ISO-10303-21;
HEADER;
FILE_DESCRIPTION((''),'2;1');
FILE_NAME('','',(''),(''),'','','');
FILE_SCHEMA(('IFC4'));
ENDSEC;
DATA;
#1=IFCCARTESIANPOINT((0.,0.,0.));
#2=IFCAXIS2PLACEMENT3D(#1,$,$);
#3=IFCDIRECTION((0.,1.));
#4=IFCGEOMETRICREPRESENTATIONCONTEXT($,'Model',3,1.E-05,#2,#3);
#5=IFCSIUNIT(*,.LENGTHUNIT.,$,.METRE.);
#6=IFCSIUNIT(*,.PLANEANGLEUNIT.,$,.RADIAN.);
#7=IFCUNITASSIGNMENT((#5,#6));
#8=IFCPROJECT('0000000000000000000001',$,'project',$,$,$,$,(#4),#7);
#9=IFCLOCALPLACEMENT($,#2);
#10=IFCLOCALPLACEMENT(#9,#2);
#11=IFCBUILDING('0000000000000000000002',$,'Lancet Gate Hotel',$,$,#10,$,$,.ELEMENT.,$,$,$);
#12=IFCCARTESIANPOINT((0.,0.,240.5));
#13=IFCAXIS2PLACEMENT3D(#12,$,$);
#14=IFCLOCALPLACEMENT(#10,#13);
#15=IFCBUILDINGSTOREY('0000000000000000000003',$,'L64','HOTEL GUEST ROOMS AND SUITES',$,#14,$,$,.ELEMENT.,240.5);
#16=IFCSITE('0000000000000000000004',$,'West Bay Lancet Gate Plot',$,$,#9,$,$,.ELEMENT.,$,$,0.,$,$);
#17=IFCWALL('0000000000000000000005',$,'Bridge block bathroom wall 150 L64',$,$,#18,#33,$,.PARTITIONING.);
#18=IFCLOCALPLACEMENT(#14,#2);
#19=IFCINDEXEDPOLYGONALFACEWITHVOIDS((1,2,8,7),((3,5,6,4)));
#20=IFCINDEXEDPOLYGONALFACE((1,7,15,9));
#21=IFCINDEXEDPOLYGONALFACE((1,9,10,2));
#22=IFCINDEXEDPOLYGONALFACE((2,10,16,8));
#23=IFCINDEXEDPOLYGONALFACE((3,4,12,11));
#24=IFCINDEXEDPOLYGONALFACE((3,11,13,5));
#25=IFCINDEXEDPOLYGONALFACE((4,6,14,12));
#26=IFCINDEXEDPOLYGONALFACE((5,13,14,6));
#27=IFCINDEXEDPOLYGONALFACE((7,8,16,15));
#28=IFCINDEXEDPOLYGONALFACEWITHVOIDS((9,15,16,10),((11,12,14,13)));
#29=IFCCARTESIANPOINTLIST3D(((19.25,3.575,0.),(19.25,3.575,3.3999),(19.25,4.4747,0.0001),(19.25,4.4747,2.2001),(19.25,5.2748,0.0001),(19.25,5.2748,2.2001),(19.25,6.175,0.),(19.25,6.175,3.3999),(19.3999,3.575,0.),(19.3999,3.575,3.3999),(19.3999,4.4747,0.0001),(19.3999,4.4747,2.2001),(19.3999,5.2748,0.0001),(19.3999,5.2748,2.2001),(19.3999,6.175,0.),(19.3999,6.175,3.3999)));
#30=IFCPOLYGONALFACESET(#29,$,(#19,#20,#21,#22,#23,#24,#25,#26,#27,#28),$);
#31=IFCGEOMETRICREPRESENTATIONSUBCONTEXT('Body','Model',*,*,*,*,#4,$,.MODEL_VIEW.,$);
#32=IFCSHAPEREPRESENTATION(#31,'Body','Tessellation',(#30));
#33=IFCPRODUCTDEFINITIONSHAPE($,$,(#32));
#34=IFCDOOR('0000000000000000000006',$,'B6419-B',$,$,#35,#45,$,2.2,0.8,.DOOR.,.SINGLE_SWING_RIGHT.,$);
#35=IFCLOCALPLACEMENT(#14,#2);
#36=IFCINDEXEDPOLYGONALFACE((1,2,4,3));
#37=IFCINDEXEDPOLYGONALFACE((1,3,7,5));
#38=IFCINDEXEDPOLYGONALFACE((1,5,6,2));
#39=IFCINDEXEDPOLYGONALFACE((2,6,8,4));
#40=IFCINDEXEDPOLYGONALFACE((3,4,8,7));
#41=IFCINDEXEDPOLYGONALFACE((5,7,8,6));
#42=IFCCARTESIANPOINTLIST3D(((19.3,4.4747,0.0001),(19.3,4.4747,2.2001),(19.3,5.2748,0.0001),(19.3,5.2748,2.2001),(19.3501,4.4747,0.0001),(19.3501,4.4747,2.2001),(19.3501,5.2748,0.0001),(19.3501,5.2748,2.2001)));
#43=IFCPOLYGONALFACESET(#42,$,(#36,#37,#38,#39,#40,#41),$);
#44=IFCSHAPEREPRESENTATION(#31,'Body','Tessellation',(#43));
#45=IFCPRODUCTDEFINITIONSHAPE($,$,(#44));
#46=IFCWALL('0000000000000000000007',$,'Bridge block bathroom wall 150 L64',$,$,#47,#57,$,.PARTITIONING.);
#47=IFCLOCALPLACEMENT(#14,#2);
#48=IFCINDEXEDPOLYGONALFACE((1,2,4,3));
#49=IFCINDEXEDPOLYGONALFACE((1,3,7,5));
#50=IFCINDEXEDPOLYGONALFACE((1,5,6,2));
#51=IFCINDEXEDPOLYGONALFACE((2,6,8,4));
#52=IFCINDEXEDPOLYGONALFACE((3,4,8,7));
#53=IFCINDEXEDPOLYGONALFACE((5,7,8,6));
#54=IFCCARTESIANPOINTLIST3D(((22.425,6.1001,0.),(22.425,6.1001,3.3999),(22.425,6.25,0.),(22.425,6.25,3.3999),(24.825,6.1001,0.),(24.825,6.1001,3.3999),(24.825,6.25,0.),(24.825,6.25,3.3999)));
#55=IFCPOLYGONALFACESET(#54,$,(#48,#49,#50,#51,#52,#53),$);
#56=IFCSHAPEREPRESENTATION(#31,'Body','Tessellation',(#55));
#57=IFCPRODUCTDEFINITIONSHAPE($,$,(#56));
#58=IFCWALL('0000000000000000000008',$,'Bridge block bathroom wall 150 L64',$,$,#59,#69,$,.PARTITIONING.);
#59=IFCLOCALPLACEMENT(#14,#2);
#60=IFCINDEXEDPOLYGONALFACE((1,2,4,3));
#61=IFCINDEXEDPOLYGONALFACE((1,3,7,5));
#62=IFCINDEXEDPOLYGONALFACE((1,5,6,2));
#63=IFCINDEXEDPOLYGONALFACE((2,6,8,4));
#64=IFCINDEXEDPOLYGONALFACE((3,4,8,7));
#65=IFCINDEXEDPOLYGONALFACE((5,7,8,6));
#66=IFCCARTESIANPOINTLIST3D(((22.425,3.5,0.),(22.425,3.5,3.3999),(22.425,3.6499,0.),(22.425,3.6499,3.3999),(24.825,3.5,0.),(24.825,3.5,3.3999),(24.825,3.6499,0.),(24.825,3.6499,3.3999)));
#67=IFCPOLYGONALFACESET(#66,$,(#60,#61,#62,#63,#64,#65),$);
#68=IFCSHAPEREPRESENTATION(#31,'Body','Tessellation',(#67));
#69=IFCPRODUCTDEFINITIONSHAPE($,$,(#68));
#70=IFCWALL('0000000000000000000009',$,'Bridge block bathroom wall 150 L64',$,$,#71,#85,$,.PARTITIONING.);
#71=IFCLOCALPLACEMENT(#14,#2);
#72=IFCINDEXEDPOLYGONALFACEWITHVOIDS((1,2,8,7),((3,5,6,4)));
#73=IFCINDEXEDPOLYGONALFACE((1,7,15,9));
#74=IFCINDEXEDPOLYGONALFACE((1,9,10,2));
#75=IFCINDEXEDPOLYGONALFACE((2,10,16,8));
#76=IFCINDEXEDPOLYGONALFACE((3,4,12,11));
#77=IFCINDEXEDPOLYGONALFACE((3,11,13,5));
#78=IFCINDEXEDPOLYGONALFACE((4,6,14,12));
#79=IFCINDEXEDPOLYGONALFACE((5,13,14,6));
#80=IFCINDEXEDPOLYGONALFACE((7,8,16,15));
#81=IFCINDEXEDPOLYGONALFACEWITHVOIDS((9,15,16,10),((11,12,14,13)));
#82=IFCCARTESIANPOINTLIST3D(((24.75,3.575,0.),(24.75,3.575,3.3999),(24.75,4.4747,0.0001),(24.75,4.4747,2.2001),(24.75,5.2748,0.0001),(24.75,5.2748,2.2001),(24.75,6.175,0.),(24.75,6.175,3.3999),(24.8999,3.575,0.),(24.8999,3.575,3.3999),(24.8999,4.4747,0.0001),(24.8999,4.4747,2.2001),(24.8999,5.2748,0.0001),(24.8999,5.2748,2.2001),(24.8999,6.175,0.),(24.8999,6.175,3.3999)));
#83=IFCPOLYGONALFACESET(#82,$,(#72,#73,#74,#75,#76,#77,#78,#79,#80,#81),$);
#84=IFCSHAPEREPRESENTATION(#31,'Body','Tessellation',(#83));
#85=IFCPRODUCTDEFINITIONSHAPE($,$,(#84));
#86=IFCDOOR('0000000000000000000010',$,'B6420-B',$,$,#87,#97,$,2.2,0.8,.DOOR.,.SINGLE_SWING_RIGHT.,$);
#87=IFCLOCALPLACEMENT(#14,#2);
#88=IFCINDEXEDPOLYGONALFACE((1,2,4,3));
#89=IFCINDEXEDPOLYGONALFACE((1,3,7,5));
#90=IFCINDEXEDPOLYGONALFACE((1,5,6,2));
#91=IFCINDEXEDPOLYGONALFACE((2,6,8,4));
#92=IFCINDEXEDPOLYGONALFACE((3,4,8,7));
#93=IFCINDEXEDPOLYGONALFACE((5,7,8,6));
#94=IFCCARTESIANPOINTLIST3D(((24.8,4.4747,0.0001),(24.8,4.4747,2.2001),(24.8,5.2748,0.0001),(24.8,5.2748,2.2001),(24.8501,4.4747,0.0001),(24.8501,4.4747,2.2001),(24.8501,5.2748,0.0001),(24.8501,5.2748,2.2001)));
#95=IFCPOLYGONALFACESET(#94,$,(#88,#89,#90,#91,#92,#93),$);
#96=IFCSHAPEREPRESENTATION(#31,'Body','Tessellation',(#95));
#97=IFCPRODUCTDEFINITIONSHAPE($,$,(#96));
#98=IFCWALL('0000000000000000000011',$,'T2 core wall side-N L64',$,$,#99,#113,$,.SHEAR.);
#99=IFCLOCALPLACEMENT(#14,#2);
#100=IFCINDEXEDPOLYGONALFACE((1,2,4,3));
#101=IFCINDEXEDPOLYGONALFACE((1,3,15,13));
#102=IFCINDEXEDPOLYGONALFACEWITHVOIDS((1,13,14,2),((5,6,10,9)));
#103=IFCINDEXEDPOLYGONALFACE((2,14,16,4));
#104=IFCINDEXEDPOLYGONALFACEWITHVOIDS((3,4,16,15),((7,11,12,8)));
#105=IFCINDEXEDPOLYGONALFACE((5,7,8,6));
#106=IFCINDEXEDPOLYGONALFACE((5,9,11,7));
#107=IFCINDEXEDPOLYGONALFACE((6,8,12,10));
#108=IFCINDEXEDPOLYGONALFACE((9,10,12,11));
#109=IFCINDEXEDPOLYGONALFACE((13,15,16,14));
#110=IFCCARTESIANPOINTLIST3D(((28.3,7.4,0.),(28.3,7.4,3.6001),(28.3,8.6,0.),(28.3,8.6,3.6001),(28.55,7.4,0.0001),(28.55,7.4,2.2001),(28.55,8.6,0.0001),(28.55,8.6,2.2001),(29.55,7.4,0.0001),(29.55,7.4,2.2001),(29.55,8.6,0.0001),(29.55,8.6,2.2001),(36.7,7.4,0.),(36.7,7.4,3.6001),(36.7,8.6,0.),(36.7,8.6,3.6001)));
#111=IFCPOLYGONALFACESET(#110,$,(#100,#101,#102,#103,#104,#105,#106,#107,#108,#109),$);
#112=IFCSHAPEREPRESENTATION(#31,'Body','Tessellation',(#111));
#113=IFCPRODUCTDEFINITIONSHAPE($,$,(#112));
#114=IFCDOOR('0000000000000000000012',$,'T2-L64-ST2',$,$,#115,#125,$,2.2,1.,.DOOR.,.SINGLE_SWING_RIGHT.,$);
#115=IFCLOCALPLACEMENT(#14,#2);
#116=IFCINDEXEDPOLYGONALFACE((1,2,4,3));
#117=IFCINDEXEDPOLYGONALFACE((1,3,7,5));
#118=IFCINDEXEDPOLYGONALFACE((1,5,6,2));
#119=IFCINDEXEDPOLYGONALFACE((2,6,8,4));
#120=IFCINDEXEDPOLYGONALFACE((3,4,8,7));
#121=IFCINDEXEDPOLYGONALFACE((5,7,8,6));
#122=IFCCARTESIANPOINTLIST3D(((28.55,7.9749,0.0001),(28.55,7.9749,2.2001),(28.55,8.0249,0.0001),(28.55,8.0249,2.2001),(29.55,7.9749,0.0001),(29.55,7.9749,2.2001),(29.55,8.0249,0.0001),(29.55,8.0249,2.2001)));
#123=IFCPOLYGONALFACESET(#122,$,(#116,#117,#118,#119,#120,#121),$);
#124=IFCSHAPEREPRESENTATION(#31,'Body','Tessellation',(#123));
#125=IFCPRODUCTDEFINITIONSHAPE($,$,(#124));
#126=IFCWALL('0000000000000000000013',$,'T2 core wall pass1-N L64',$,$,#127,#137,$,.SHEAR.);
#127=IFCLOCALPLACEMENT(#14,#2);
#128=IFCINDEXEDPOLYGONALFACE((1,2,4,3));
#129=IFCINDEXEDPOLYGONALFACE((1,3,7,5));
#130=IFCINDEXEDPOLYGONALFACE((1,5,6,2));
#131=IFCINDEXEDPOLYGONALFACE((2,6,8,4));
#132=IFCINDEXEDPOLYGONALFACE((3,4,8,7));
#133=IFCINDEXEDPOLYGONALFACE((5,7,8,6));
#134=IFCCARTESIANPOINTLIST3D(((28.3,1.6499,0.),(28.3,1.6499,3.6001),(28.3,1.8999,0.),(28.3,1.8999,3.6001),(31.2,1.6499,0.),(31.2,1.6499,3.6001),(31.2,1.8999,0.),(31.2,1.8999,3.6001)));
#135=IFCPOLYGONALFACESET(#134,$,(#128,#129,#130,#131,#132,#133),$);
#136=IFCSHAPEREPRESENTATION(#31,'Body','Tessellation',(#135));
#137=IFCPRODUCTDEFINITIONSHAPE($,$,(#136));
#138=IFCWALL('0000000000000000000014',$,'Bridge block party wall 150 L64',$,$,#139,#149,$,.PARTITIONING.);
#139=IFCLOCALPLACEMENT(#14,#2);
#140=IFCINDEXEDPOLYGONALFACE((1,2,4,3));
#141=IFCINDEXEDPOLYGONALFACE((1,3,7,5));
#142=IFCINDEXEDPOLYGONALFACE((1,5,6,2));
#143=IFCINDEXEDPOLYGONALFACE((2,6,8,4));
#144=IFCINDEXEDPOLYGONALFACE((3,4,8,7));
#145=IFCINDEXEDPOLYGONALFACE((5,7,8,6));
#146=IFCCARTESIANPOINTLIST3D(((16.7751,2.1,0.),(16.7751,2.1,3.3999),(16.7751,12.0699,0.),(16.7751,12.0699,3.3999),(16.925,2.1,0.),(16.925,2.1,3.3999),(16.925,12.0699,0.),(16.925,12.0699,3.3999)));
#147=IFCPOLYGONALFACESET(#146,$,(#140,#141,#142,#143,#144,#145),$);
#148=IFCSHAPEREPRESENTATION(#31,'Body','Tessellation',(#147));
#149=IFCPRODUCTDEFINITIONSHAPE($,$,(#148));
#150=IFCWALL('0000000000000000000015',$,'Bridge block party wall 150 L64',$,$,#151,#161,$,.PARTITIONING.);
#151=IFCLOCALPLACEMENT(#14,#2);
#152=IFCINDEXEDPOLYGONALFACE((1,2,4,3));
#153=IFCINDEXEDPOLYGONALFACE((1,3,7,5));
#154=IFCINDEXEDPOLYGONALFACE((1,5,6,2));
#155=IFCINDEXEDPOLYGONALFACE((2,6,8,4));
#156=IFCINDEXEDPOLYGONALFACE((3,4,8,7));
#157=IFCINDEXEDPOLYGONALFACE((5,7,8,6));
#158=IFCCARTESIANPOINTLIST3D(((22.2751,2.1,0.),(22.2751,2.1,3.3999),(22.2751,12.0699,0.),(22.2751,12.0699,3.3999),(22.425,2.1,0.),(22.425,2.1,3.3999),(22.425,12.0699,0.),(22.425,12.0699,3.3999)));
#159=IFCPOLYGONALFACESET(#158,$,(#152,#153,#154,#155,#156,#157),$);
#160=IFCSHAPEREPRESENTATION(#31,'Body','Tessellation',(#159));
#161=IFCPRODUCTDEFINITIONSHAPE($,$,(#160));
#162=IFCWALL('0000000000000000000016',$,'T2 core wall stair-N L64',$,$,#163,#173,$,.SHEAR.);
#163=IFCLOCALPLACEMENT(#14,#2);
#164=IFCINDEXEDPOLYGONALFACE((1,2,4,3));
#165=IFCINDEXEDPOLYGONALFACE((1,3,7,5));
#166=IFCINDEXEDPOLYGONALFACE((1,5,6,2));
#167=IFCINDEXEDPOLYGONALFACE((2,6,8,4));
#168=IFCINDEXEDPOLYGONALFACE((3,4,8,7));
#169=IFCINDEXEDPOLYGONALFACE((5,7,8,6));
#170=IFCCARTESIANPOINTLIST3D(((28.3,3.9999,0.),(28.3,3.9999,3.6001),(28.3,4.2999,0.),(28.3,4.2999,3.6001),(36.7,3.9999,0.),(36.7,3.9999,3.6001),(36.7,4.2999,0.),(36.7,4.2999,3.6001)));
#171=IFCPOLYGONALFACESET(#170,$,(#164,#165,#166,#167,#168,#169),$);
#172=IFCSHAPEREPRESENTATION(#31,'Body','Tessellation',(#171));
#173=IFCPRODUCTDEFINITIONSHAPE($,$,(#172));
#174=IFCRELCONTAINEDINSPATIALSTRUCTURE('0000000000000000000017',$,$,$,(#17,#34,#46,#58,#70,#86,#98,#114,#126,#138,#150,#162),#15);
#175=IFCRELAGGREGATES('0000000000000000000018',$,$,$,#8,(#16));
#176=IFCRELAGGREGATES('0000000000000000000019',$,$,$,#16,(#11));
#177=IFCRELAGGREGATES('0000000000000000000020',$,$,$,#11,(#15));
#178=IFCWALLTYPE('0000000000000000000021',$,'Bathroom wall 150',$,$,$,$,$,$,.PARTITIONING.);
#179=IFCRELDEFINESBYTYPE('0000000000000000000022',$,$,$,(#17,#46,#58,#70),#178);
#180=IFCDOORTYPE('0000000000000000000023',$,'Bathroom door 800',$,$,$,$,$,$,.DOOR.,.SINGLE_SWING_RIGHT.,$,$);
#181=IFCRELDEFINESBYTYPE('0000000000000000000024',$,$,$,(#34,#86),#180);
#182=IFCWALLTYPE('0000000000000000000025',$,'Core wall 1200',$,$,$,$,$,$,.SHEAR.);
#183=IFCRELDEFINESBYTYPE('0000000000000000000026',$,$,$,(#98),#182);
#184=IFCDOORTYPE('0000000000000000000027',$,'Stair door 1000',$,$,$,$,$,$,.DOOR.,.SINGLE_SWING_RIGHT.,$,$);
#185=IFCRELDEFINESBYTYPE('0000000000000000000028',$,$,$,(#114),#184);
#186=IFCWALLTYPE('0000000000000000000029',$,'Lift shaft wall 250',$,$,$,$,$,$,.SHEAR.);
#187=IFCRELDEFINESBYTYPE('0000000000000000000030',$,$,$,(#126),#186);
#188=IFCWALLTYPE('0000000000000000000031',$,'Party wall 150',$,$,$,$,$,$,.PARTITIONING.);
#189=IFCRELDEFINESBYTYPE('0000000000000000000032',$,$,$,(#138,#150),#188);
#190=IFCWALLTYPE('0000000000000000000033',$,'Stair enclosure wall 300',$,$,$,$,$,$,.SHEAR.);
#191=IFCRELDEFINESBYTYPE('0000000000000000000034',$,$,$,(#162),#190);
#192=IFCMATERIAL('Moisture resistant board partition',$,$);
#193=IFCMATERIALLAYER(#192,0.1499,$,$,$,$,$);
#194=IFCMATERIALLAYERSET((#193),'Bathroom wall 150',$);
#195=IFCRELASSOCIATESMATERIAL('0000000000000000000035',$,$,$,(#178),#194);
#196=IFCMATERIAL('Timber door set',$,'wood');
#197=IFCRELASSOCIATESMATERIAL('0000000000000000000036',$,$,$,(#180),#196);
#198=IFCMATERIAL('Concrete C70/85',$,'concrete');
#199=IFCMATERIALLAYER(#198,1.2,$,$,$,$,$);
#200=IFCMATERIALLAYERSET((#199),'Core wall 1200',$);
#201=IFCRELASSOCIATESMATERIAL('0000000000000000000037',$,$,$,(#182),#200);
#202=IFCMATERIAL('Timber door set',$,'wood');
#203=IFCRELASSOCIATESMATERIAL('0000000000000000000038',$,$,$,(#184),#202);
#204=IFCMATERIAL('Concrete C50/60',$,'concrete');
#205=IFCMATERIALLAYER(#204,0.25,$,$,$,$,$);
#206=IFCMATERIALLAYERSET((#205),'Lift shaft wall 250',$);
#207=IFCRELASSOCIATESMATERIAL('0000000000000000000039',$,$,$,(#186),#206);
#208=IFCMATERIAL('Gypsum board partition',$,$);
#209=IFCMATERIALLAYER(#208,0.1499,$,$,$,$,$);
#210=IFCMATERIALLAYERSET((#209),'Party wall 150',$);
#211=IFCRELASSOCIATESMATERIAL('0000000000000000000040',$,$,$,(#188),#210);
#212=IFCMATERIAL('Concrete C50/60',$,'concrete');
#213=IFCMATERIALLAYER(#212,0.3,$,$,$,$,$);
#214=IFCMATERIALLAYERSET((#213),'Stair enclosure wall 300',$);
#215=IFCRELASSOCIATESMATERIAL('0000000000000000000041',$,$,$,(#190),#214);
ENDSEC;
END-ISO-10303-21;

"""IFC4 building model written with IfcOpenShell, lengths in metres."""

from ifc_helpers import new_model, si_unit, direction, frame, frame_2d, origin, place, context, subcontext, project, spatial, rectangle, extrude, material, layer, layer_set, type_object, element, fill, save


model = new_model("IFC4")

# Units and contexts
model_context = context("Model", 3, precision=1e-05, world=origin(), true_north=direction((0.0, 1.0)))
body_context = subcontext(model_context, "Body", "Model", "MODEL_VIEW")
ifc_project = project(units=[si_unit("LENGTHUNIT", "METRE"), si_unit("PLANEANGLEUNIT", "RADIAN")], contexts=[model_context])

# Site, building, storey
site_placement = place(None, origin())
site = spatial("IfcSite", under=ifc_project, at=site_placement, Name="West Bay Lancet Gate Plot", CompositionType="ELEMENT", RefElevation=0.0)
building_placement = place(site_placement, origin())
building = spatial("IfcBuilding", under=site, at=building_placement, Name="Lancet Gate Hotel", CompositionType="ELEMENT")
storey_placement = place(building_placement, frame((0.0, 0.0, 240.5)))
storey = spatial("IfcBuildingStorey", under=building, at=storey_placement, Name="L64", Description="HOTEL GUEST ROOMS AND SUITES", CompositionType="ELEMENT", Elevation=240.5)

# Shared definitions
ifc_material_1 = material(Name="Moisture resistant board partition")
ifc_layer_1 = layer(ifc_material_1, 0.1499)
ifc_layer_set_1 = layer_set([ifc_layer_1], Name="Bathroom wall 150")
wall_type_1 = type_object("IfcWallType", Name="Bathroom wall 150", PredefinedType="PARTITIONING", material=ifc_layer_set_1)

# Wall, opening, door
wall_1_placement = place(storey_placement, frame((19.325, 3.575, 0.0), z_axis=(0.0, 0.0, 1.0), x_axis=(0.0, 1.0, 0.0)))
wall_1 = element("IfcWall", 1, at=wall_1_placement, inside=storey, type_object=wall_type_1, Name="Bridge block bathroom wall 150 L64", PredefinedType="PARTITIONING", context=body_context, shape_type="SweptSolid", body=[
    extrude(rectangle(XDim=2.6001, YDim=0.1499, at=frame_2d((1.3, 0.0))), origin(), (0.0, 0.0, 1.0), 3.3999),
])
opening_1_placement = place(wall_1_placement, frame((0.8999, 0.0, 0.0)))
opening_1 = element("IfcOpeningElement", 2, at=opening_1_placement, cuts=wall_1, PredefinedType="OPENING", context=body_context, shape_type="SweptSolid", body=[
    extrude(rectangle(XDim=0.8, YDim=2.2, at=frame_2d((0.3999, 1.1001))), frame((0.0, 0.085, 0.0), z_axis=(0.0, -1.0, 0.0), x_axis=(1.0, 0.0, 0.0)), (0.0, 0.0, 1.0), 0.1699),
])
ifc_material_2 = material(Name="Timber door set", Category="wood")
door_type_1 = type_object("IfcDoorType", Name="Bathroom door 800", OperationType="SINGLE_SWING_RIGHT", PredefinedType="DOOR", material=ifc_material_2)
door_1_placement = place(opening_1_placement, origin())
door_1 = element("IfcDoor", 3, at=door_1_placement, inside=storey, type_object=door_type_1, Name="B6419-B", OperationType="SINGLE_SWING_RIGHT", OverallHeight=2.2, OverallWidth=0.8, PredefinedType="DOOR", context=body_context, shape_type="SweptSolid", body=[
    extrude(rectangle(XDim=0.8, YDim=2.2, at=frame_2d((0.3999, 1.1001))), frame((0.0, 0.0249, 0.0), z_axis=(0.0, -1.0, 0.0), x_axis=(1.0, 0.0, 0.0)), (0.0, 0.0, 1.0), 0.05),
])
fill(opening_1, door_1)

# Walls
for number, where, z_axis, x_axis, name in (
    (4, (22.425, 6.175, 0.0), (0.0, 0.0, 1.0), (1.0, 0.0, 0.0), "Bridge block bathroom wall 150 L64"),
    (5, (22.425, 3.575, 0.0), (0.0, 0.0, 1.0), (1.0, 0.0, 0.0), "Bridge block bathroom wall 150 L64"),
):
    element("IfcWall", number, at=place(storey_placement, frame(where, z_axis=z_axis, x_axis=x_axis)), inside=storey, type_object=wall_type_1, Name=name, PredefinedType="PARTITIONING", context=body_context, shape_type="SweptSolid", body=[
        extrude(rectangle(XDim=2.3999, YDim=0.1499, at=frame_2d((1.2, 0.0))), origin(), (0.0, 0.0, 1.0), 3.3999),
    ])

# Walls, openings, doors
wall_2_placement = place(storey_placement, frame((24.825, 3.575, 0.0), z_axis=(0.0, 0.0, 1.0), x_axis=(0.0, 1.0, 0.0)))
wall_2 = element("IfcWall", 6, at=wall_2_placement, inside=storey, type_object=wall_type_1, Name="Bridge block bathroom wall 150 L64", PredefinedType="PARTITIONING", context=body_context, shape_type="SweptSolid", body=[
    extrude(rectangle(XDim=2.6001, YDim=0.1499, at=frame_2d((1.3, 0.0))), origin(), (0.0, 0.0, 1.0), 3.3999),
])
opening_2_placement = place(wall_2_placement, frame((0.8999, 0.0, 0.0)))
opening_2 = element("IfcOpeningElement", 7, at=opening_2_placement, cuts=wall_2, PredefinedType="OPENING", context=body_context, shape_type="SweptSolid", body=[
    extrude(rectangle(XDim=0.8, YDim=2.2, at=frame_2d((0.3999, 1.1001))), frame((0.0, 0.085, 0.0), z_axis=(0.0, -1.0, 0.0), x_axis=(1.0, 0.0, 0.0)), (0.0, 0.0, 1.0), 0.1699),
])
door_2_placement = place(opening_2_placement, origin())
door_2 = element("IfcDoor", 8, at=door_2_placement, inside=storey, type_object=door_type_1, Name="B6420-B", OperationType="SINGLE_SWING_RIGHT", OverallHeight=2.2, OverallWidth=0.8, PredefinedType="DOOR", context=body_context, shape_type="SweptSolid", body=[
    extrude(rectangle(XDim=0.8, YDim=2.2, at=frame_2d((0.3999, 1.1001))), frame((0.0, 0.0249, 0.0), z_axis=(0.0, -1.0, 0.0), x_axis=(1.0, 0.0, 0.0)), (0.0, 0.0, 1.0), 0.05),
])
fill(opening_2, door_2)
ifc_material_3 = material(Name="Concrete C70/85", Category="concrete")
ifc_layer_2 = layer(ifc_material_3, 1.2)
ifc_layer_set_2 = layer_set([ifc_layer_2], Name="Core wall 1200")
wall_type_2 = type_object("IfcWallType", Name="Core wall 1200", PredefinedType="SHEAR", material=ifc_layer_set_2)
wall_3_placement = place(storey_placement, frame((28.3, 8.0, 0.0), z_axis=(0.0, 0.0, 1.0), x_axis=(1.0, 0.0, 0.0)))
wall_3 = element("IfcWall", 9, at=wall_3_placement, inside=storey, type_object=wall_type_2, Name="T2 core wall side-N L64", PredefinedType="SHEAR", context=body_context, shape_type="SweptSolid", body=[
    extrude(rectangle(XDim=8.3999, YDim=1.2, at=frame_2d((4.2, 0.0))), origin(), (0.0, 0.0, 1.0), 3.6001),
])
opening_3_placement = place(wall_3_placement, frame((0.25, 0.0, 0.0)))
opening_3 = element("IfcOpeningElement", 10, at=opening_3_placement, cuts=wall_3, PredefinedType="OPENING", context=body_context, shape_type="SweptSolid", body=[
    extrude(rectangle(XDim=1.0, YDim=2.2, at=frame_2d((0.5, 1.1001))), frame((0.0, 0.6099, 0.0), z_axis=(0.0, -1.0, 0.0), x_axis=(1.0, 0.0, 0.0)), (0.0, 0.0, 1.0), 1.22),
])
ifc_material_4 = material(Name="Timber door set", Category="wood")
door_type_2 = type_object("IfcDoorType", Name="Stair door 1000", OperationType="SINGLE_SWING_RIGHT", PredefinedType="DOOR", material=ifc_material_4)
door_3_placement = place(opening_3_placement, origin())
door_3 = element("IfcDoor", 11, at=door_3_placement, inside=storey, type_object=door_type_2, Name="T2-L64-ST2", OperationType="SINGLE_SWING_RIGHT", OverallHeight=2.2, OverallWidth=1.0, PredefinedType="DOOR", context=body_context, shape_type="SweptSolid", body=[
    extrude(rectangle(XDim=1.0, YDim=2.2, at=frame_2d((0.5, 1.1001))), frame((0.0, 0.0249, 0.0), z_axis=(0.0, -1.0, 0.0), x_axis=(1.0, 0.0, 0.0)), (0.0, 0.0, 1.0), 0.05),
])
fill(opening_3, door_3)

# Walls
ifc_material_5 = material(Name="Concrete C50/60", Category="concrete")
ifc_layer_3 = layer(ifc_material_5, 0.25)
ifc_layer_set_3 = layer_set([ifc_layer_3], Name="Lift shaft wall 250")
wall_type_3 = type_object("IfcWallType", Name="Lift shaft wall 250", PredefinedType="SHEAR", material=ifc_layer_set_3)
wall_4_placement = place(storey_placement, frame((28.3, 1.7749, 0.0), z_axis=(0.0, 0.0, 1.0), x_axis=(1.0, 0.0, 0.0)))
element("IfcWall", 12, at=wall_4_placement, inside=storey, type_object=wall_type_3, Name="T2 core wall pass1-N L64", PredefinedType="SHEAR", context=body_context, shape_type="SweptSolid", body=[
    extrude(rectangle(XDim=2.8999, YDim=0.25, at=frame_2d((1.45, 0.0))), origin(), (0.0, 0.0, 1.0), 3.6001),
])
ifc_material_6 = material(Name="Gypsum board partition")
ifc_layer_4 = layer(ifc_material_6, 0.1499)
ifc_layer_set_4 = layer_set([ifc_layer_4], Name="Party wall 150")
wall_type_4 = type_object("IfcWallType", Name="Party wall 150", PredefinedType="PARTITIONING", material=ifc_layer_set_4)
for number, where, z_axis, x_axis, name in (
    (13, (16.8501, 2.1001, 0.0), (0.0, 0.0, 1.0), (0.0, 1.0, 0.0), "Bridge block party wall 150 L64"),
    (14, (22.3501, 2.1001, 0.0), (0.0, 0.0, 1.0), (0.0, 1.0, 0.0), "Bridge block party wall 150 L64"),
):
    element("IfcWall", number, at=place(storey_placement, frame(where, z_axis=z_axis, x_axis=x_axis)), inside=storey, type_object=wall_type_4, Name=name, PredefinedType="PARTITIONING", context=body_context, shape_type="SweptSolid", body=[
        extrude(rectangle(XDim=9.97, YDim=0.1499, at=frame_2d((4.9849, 0.0))), origin(), (0.0, 0.0, 1.0), 3.3999),
    ])
ifc_material_7 = material(Name="Concrete C50/60", Category="concrete")
ifc_layer_5 = layer(ifc_material_7, 0.3)
ifc_layer_set_5 = layer_set([ifc_layer_5], Name="Stair enclosure wall 300")
wall_type_5 = type_object("IfcWallType", Name="Stair enclosure wall 300", PredefinedType="SHEAR", material=ifc_layer_set_5)
wall_5_placement = place(storey_placement, frame((28.3, 4.1499, 0.0), z_axis=(0.0, 0.0, 1.0), x_axis=(1.0, 0.0, 0.0)))
element("IfcWall", 15, at=wall_5_placement, inside=storey, type_object=wall_type_5, Name="T2 core wall stair-N L64", PredefinedType="SHEAR", context=body_context, shape_type="SweptSolid", body=[
    extrude(rectangle(XDim=8.3999, YDim=0.3, at=frame_2d((4.2, 0.0))), origin(), (0.0, 0.0, 1.0), 3.6001),
])

save(model, "model.ifc")
